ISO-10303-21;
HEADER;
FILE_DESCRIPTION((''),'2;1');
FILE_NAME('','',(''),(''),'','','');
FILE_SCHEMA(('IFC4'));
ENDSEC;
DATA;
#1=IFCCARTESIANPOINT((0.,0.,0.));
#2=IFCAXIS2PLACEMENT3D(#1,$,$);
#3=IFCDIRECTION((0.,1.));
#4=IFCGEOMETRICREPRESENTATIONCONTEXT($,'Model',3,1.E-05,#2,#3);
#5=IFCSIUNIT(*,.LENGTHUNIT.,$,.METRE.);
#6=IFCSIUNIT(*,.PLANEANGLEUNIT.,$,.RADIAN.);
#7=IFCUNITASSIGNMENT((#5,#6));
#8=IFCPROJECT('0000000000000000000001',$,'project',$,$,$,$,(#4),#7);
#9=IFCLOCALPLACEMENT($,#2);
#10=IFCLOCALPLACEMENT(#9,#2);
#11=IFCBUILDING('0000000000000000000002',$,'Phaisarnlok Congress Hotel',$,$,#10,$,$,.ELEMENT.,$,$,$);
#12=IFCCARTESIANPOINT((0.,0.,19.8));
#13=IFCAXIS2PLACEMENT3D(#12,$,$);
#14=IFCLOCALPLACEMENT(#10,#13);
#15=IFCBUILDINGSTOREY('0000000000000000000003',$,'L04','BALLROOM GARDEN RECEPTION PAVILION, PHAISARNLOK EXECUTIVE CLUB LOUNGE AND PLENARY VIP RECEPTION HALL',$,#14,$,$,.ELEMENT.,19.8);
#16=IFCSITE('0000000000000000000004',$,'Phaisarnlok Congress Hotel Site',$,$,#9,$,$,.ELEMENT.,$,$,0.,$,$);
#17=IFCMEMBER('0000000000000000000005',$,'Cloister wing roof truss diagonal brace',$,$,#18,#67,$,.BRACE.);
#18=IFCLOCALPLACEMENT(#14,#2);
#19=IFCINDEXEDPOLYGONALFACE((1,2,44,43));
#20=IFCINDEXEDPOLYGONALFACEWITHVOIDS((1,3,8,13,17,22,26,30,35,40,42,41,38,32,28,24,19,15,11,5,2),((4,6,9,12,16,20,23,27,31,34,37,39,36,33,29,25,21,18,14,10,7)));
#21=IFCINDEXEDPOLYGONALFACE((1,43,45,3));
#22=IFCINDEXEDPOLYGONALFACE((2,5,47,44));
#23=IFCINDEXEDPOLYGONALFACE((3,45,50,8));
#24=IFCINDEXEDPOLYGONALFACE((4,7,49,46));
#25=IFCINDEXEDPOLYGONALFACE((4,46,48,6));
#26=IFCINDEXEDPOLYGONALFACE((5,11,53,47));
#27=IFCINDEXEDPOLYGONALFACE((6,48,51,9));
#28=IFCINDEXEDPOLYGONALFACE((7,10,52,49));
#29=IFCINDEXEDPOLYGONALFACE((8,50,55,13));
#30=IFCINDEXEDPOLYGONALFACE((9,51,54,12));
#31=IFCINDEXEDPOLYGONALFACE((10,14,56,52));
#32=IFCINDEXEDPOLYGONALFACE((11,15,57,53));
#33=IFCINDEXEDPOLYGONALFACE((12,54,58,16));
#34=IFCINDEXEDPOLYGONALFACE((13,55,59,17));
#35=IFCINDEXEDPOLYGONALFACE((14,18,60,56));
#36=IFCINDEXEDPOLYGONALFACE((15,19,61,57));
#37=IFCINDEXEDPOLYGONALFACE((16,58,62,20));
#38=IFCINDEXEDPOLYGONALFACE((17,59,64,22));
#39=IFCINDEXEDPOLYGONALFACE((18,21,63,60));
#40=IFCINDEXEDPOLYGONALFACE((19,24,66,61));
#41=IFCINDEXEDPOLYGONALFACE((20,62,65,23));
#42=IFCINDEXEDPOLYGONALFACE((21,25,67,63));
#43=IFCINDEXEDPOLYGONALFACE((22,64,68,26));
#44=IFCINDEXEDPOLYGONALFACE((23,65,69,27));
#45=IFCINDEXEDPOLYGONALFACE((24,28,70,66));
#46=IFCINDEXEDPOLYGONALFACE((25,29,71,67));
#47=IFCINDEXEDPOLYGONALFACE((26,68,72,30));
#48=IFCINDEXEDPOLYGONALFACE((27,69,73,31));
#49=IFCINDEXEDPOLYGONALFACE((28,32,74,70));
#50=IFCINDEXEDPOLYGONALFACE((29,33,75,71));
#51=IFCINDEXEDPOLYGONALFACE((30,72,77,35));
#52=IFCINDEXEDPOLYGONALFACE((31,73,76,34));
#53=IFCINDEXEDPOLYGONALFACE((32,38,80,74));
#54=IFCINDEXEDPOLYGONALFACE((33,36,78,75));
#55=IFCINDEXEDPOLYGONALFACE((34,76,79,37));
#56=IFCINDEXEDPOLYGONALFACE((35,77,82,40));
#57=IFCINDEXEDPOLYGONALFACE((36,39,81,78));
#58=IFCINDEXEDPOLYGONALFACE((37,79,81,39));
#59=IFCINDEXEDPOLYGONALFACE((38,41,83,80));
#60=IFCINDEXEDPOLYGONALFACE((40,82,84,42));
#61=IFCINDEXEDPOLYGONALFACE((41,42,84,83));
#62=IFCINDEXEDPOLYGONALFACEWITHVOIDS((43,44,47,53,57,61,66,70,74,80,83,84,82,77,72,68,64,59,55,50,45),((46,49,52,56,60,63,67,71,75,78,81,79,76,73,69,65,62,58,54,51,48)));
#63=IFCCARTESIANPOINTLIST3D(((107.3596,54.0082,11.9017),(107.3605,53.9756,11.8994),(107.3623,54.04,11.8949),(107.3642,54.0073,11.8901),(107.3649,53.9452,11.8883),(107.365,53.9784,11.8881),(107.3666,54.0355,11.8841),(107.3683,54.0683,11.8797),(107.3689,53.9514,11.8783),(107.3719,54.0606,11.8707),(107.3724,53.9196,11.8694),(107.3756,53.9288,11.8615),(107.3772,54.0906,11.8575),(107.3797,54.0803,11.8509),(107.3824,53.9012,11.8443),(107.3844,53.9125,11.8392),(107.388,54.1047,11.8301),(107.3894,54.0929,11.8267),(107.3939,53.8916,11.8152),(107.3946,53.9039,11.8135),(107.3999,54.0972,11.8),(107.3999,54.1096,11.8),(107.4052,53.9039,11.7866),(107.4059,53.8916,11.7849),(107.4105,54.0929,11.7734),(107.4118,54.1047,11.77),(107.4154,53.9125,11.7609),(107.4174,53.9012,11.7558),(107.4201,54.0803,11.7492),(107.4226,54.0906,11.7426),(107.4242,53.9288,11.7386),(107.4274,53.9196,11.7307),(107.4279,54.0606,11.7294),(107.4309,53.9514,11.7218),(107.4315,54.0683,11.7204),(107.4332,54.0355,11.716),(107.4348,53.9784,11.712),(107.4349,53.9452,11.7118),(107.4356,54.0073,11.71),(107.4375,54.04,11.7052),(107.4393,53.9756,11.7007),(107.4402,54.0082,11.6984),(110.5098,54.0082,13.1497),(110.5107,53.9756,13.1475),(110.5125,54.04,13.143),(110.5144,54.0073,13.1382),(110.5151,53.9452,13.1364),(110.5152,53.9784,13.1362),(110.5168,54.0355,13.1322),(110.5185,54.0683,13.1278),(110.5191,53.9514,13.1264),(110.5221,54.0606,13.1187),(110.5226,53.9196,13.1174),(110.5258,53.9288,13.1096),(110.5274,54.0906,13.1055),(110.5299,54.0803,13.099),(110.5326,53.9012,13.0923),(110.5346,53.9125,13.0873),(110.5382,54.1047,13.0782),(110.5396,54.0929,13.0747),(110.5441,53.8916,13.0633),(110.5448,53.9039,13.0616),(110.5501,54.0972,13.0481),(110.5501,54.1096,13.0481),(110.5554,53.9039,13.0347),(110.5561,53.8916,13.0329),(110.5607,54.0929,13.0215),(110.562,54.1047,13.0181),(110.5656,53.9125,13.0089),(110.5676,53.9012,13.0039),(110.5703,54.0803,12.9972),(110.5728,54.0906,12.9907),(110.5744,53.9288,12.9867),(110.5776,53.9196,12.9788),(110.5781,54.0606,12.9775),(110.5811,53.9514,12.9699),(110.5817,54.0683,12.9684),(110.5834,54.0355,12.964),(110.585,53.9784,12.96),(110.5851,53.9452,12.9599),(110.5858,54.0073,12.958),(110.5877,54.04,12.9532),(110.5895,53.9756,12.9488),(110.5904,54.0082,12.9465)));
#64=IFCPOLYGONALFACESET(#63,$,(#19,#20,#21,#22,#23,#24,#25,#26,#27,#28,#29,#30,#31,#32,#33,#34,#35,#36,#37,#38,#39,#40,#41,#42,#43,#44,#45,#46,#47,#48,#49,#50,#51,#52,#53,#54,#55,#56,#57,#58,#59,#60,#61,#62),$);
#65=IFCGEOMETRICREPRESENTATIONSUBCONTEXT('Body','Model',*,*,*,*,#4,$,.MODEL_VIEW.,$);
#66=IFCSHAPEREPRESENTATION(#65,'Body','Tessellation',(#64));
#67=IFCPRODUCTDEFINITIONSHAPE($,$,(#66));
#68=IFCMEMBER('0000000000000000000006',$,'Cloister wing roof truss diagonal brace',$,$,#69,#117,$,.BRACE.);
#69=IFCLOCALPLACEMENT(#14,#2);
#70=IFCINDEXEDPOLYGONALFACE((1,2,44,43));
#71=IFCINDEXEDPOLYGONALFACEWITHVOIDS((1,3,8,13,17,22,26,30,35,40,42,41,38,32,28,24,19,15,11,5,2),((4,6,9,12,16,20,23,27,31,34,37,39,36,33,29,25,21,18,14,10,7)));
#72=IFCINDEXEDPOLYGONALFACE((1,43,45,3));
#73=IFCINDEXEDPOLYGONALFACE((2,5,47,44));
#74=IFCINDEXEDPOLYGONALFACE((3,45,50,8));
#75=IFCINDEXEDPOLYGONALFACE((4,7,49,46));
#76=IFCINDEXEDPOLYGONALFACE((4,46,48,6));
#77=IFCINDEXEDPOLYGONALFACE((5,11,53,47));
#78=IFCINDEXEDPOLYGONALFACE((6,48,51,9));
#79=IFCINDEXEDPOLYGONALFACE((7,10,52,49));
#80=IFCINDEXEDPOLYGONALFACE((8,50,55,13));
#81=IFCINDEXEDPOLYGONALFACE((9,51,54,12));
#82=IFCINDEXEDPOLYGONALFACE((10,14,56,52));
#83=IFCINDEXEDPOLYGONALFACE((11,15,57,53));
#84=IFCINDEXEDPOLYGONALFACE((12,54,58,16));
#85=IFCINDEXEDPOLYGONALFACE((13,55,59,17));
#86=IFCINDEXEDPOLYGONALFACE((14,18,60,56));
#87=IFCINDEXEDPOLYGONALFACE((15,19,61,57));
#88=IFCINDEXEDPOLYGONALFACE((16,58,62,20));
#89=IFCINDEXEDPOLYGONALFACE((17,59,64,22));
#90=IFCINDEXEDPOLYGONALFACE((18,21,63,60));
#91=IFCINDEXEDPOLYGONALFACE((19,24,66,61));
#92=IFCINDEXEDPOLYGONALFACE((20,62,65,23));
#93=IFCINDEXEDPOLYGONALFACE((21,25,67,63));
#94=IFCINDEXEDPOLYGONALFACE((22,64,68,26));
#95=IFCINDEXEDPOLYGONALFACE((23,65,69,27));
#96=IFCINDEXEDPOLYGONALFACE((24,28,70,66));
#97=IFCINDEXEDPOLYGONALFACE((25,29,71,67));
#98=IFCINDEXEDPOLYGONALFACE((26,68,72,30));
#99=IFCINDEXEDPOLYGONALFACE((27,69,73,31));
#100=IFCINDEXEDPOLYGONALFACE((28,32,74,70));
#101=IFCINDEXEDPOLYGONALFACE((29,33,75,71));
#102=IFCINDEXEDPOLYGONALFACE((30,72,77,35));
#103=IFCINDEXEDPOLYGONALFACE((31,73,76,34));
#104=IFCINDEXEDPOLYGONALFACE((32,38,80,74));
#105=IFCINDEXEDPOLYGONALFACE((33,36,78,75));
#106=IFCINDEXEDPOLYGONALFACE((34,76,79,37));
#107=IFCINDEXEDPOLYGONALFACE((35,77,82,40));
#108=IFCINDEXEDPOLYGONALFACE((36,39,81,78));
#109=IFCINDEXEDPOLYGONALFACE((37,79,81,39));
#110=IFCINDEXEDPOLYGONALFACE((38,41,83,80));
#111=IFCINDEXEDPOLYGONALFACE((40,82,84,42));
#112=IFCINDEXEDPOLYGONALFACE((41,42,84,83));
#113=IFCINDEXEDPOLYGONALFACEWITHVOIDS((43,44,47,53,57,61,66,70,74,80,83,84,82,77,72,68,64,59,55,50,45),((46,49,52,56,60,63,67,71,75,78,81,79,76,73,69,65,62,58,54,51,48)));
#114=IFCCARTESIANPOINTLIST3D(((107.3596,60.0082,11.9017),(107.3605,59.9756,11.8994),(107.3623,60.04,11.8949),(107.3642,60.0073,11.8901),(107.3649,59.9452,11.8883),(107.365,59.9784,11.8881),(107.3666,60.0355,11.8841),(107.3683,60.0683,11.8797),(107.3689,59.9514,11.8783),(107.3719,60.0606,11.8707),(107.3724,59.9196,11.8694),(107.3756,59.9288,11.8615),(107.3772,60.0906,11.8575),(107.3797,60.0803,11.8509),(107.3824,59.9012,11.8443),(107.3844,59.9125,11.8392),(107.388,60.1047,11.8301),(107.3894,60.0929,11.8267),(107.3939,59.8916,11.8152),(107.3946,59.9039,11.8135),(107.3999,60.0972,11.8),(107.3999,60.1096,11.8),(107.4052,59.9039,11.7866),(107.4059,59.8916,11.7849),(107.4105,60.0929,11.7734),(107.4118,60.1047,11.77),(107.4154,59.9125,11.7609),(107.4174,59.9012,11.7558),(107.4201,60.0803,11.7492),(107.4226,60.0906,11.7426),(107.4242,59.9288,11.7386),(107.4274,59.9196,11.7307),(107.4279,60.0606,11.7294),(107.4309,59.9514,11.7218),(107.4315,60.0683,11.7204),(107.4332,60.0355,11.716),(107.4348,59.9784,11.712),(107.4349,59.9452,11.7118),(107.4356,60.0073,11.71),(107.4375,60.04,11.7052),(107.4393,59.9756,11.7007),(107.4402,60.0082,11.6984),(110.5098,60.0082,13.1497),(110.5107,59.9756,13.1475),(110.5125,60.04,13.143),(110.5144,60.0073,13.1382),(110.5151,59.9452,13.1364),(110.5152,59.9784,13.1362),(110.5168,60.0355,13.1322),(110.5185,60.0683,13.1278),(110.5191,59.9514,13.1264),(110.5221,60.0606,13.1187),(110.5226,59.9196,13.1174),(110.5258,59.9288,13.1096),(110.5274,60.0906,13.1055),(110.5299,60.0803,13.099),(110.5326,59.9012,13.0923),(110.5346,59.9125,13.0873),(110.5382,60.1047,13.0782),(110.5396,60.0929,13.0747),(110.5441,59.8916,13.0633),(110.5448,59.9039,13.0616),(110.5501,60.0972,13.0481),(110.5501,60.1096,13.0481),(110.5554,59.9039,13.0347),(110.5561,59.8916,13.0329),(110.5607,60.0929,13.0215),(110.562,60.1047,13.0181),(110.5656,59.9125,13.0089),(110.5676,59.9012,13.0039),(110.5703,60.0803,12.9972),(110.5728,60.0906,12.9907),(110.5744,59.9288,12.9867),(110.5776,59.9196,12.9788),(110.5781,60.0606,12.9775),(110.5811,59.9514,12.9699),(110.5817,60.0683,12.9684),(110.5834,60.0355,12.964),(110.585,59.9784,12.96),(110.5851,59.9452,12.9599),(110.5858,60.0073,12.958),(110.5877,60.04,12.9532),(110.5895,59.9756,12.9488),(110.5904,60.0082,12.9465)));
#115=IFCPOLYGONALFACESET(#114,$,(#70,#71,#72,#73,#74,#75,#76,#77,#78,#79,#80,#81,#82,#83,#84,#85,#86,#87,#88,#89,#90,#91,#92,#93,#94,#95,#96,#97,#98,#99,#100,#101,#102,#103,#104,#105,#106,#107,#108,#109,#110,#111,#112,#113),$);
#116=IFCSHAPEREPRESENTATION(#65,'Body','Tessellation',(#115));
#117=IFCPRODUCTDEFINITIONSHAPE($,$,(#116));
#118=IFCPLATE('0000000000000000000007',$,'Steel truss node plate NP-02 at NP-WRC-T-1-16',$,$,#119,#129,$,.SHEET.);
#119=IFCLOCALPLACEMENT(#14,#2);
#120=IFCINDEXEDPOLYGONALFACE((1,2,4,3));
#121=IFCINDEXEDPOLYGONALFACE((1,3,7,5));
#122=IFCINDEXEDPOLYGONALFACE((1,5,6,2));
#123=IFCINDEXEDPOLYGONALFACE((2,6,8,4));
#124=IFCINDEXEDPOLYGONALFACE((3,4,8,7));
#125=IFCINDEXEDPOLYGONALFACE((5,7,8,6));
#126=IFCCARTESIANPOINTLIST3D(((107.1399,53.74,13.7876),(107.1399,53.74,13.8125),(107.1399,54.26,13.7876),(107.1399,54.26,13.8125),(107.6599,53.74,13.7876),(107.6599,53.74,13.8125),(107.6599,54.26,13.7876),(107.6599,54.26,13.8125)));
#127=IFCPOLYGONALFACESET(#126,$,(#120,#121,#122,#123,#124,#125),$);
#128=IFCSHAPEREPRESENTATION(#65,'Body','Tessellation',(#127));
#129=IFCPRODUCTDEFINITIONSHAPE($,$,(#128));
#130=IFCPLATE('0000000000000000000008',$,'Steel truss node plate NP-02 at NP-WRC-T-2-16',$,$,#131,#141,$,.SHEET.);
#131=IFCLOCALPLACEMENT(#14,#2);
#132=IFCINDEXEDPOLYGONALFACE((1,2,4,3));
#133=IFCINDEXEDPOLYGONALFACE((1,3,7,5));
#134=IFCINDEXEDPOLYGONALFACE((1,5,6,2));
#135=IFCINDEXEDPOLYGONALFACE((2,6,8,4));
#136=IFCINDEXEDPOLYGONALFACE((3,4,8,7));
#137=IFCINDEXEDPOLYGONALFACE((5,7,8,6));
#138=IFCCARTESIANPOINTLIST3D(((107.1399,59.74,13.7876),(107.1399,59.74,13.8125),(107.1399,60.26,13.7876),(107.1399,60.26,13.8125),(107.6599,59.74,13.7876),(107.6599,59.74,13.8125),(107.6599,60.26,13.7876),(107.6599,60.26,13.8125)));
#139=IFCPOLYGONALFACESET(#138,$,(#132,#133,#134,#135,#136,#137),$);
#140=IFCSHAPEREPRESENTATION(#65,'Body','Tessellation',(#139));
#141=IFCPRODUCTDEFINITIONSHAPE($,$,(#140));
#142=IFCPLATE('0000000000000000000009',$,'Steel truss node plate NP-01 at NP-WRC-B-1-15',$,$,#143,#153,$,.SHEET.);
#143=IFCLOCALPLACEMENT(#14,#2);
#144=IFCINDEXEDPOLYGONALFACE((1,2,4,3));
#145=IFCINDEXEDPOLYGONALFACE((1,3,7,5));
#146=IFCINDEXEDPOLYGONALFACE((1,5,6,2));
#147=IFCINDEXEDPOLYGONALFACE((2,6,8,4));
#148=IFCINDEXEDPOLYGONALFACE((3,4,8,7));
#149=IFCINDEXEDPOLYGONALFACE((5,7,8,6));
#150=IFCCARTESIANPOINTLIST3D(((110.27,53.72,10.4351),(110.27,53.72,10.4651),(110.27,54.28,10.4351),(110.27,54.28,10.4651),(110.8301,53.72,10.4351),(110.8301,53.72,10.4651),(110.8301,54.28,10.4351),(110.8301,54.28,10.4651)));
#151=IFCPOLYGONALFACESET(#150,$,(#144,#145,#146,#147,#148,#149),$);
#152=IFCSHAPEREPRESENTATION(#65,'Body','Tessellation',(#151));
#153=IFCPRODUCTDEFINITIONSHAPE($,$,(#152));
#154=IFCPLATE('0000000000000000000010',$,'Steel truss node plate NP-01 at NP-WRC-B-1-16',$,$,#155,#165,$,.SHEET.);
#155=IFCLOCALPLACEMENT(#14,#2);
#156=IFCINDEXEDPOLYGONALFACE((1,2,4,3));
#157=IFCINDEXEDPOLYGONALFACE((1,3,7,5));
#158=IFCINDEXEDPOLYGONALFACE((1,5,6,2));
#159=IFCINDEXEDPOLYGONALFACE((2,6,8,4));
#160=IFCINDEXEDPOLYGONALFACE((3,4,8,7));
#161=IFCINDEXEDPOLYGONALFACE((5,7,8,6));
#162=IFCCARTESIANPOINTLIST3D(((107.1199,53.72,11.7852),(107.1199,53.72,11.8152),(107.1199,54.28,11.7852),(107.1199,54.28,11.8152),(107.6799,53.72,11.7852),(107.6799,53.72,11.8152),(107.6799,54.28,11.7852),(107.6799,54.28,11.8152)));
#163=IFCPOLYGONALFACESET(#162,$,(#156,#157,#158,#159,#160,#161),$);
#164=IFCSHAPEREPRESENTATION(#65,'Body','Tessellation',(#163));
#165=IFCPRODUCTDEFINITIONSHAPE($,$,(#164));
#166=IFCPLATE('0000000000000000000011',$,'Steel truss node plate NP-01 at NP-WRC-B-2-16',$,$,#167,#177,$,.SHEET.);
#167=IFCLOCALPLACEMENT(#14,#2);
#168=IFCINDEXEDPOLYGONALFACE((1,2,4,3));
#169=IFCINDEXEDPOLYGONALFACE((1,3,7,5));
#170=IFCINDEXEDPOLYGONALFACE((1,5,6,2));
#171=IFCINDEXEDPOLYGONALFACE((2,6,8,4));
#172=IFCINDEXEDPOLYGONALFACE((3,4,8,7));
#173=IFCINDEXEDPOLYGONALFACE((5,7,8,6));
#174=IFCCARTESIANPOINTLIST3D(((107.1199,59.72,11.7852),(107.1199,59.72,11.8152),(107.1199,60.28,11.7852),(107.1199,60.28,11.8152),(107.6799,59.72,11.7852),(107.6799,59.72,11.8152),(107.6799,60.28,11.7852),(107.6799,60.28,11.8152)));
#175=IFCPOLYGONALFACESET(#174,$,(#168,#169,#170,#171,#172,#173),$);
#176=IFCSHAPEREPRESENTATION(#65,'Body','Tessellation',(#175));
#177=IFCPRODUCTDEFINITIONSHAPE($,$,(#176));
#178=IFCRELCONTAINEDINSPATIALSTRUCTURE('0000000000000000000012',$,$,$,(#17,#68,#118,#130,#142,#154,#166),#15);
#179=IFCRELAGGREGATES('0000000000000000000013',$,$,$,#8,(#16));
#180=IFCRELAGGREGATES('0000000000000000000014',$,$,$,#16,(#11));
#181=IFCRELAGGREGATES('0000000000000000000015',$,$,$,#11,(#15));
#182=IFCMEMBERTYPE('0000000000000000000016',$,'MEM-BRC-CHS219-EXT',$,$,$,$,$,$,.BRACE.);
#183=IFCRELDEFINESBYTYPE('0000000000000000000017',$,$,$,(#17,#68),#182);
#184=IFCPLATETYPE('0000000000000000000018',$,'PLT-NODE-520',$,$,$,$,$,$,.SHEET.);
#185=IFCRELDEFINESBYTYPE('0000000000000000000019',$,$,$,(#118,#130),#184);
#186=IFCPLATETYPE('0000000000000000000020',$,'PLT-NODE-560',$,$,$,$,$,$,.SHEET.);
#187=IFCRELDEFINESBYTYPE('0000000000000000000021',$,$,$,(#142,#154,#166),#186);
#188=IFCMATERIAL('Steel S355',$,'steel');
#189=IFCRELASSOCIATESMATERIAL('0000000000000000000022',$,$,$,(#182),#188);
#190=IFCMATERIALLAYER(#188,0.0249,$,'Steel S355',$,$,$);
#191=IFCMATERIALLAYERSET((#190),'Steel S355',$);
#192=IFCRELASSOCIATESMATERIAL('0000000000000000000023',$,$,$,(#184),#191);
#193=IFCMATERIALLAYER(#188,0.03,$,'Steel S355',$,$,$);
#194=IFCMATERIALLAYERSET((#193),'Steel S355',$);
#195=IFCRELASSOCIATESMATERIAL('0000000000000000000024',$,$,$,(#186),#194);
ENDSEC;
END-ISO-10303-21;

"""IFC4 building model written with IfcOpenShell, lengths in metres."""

from ifc_helpers import new_model, si_unit, direction, frame, origin, origin_2d, place, context, subcontext, project, spatial, rectangle, hollow_circle, extrude, material, layer, layer_set, material_profile, profile_set, type_object, element, save


model = new_model("IFC4")

# Units and contexts
model_context = context("Model", 3, precision=1e-05, world=origin(), true_north=direction((0.0, 1.0)))
body_context = subcontext(model_context, "Body", "Model", "MODEL_VIEW")
ifc_project = project(units=[si_unit("LENGTHUNIT", "METRE"), si_unit("PLANEANGLEUNIT", "RADIAN")], contexts=[model_context])

# Site, building, storey
site_placement = place(None, origin())
site = spatial("IfcSite", under=ifc_project, at=site_placement, Name="Phaisarnlok Congress Hotel Site", CompositionType="ELEMENT", RefElevation=0.0)
building_placement = place(site_placement, origin())
building = spatial("IfcBuilding", under=site, at=building_placement, Name="Phaisarnlok Congress Hotel", CompositionType="ELEMENT")
storey_placement = place(building_placement, frame((0.0, 0.0, 19.8)))
storey = spatial("IfcBuildingStorey", under=building, at=storey_placement, Name="L04", Description="BALLROOM GARDEN RECEPTION PAVILION, PHAISARNLOK EXECUTIVE CLUB LOUNGE AND PLENARY VIP RECEPTION HALL", CompositionType="ELEMENT", Elevation=19.8)

# Shared definitions
ifc_material_1 = material(Name="Steel S355", Category="steel")

# Members
ifc_material_profile_1 = material_profile(ifc_material_1, hollow_circle(Radius=0.1096, WallThickness=0.0125, at=origin_2d()), Name="CHS 219.1x12.5")
ifc_profile_set_1 = profile_set([ifc_material_profile_1], Name="Steel S355")
member_type_1 = type_object("IfcMemberType", Name="MEM-BRC-CHS219-EXT", PredefinedType="BRACE", material=ifc_profile_set_1)
for number, where, z_axis, x_axis, name in (
    (1, (107.3999, 54.0, 11.8), (0.929694, 0.0, 0.368333), (0.0, 1.0, 0.0), "Cloister wing roof truss diagonal brace"),
    (2, (107.3999, 60.0, 11.8), (0.929694, 0.0, 0.368333), (0.0, 1.0, 0.0), "Cloister wing roof truss diagonal brace"),
):
    element("IfcMember", number, at=place(storey_placement, frame(where, z_axis=z_axis, x_axis=x_axis)), inside=storey, type_object=member_type_1, Name=name, PredefinedType="BRACE", context=body_context, shape_type="SweptSolid", body=[
        extrude(hollow_circle(Radius=0.1096, WallThickness=0.0125, at=origin_2d()), origin(), (0.0, 0.0, 1.0), 3.3884),
    ])

# Plates
ifc_layer_1 = layer(ifc_material_1, 0.0249, Name="Steel S355")
ifc_layer_set_1 = layer_set([ifc_layer_1], Name="Steel S355")
plate_type_1 = type_object("IfcPlateType", Name="PLT-NODE-520", PredefinedType="SHEET", material=ifc_layer_set_1)
for number, where, z_axis, x_axis, name in (
    (3, (107.3999, 54.0, 13.7876), (0.0, 0.0, 1.0), (1.0, 0.0, 0.0), "Steel truss node plate NP-02 at NP-WRC-T-1-16"),
    (4, (107.3999, 60.0, 13.7876), (0.0, 0.0, 1.0), (1.0, 0.0, 0.0), "Steel truss node plate NP-02 at NP-WRC-T-2-16"),
):
    element("IfcPlate", number, at=place(storey_placement, frame(where, z_axis=z_axis, x_axis=x_axis)), inside=storey, type_object=plate_type_1, Name=name, PredefinedType="SHEET", context=body_context, shape_type="SweptSolid", body=[
        extrude(rectangle(XDim=0.52, YDim=0.52, at=origin_2d()), origin(), (0.0, 0.0, 1.0), 0.0249),
    ])
ifc_layer_2 = layer(ifc_material_1, 0.03, Name="Steel S355")
ifc_layer_set_2 = layer_set([ifc_layer_2], Name="Steel S355")
plate_type_2 = type_object("IfcPlateType", Name="PLT-NODE-560", PredefinedType="SHEET", material=ifc_layer_set_2)
for number, where, z_axis, x_axis, name in (
    (5, (110.55, 54.0, 10.4351), (0.0, 0.0, 1.0), (1.0, 0.0, 0.0), "Steel truss node plate NP-01 at NP-WRC-B-1-15"),
    (6, (107.3999, 54.0, 11.7852), (0.0, 0.0, 1.0), (1.0, 0.0, 0.0), "Steel truss node plate NP-01 at NP-WRC-B-1-16"),
    (7, (107.3999, 60.0, 11.7852), (0.0, 0.0, 1.0), (1.0, 0.0, 0.0), "Steel truss node plate NP-01 at NP-WRC-B-2-16"),
):
    element("IfcPlate", number, at=place(storey_placement, frame(where, z_axis=z_axis, x_axis=x_axis)), inside=storey, type_object=plate_type_2, Name=name, PredefinedType="SHEET", context=body_context, shape_type="SweptSolid", body=[
        extrude(rectangle(XDim=0.5601, YDim=0.5601, at=origin_2d()), origin(), (0.0, 0.0, 1.0), 0.03),
    ])

save(model, "model.ifc")
